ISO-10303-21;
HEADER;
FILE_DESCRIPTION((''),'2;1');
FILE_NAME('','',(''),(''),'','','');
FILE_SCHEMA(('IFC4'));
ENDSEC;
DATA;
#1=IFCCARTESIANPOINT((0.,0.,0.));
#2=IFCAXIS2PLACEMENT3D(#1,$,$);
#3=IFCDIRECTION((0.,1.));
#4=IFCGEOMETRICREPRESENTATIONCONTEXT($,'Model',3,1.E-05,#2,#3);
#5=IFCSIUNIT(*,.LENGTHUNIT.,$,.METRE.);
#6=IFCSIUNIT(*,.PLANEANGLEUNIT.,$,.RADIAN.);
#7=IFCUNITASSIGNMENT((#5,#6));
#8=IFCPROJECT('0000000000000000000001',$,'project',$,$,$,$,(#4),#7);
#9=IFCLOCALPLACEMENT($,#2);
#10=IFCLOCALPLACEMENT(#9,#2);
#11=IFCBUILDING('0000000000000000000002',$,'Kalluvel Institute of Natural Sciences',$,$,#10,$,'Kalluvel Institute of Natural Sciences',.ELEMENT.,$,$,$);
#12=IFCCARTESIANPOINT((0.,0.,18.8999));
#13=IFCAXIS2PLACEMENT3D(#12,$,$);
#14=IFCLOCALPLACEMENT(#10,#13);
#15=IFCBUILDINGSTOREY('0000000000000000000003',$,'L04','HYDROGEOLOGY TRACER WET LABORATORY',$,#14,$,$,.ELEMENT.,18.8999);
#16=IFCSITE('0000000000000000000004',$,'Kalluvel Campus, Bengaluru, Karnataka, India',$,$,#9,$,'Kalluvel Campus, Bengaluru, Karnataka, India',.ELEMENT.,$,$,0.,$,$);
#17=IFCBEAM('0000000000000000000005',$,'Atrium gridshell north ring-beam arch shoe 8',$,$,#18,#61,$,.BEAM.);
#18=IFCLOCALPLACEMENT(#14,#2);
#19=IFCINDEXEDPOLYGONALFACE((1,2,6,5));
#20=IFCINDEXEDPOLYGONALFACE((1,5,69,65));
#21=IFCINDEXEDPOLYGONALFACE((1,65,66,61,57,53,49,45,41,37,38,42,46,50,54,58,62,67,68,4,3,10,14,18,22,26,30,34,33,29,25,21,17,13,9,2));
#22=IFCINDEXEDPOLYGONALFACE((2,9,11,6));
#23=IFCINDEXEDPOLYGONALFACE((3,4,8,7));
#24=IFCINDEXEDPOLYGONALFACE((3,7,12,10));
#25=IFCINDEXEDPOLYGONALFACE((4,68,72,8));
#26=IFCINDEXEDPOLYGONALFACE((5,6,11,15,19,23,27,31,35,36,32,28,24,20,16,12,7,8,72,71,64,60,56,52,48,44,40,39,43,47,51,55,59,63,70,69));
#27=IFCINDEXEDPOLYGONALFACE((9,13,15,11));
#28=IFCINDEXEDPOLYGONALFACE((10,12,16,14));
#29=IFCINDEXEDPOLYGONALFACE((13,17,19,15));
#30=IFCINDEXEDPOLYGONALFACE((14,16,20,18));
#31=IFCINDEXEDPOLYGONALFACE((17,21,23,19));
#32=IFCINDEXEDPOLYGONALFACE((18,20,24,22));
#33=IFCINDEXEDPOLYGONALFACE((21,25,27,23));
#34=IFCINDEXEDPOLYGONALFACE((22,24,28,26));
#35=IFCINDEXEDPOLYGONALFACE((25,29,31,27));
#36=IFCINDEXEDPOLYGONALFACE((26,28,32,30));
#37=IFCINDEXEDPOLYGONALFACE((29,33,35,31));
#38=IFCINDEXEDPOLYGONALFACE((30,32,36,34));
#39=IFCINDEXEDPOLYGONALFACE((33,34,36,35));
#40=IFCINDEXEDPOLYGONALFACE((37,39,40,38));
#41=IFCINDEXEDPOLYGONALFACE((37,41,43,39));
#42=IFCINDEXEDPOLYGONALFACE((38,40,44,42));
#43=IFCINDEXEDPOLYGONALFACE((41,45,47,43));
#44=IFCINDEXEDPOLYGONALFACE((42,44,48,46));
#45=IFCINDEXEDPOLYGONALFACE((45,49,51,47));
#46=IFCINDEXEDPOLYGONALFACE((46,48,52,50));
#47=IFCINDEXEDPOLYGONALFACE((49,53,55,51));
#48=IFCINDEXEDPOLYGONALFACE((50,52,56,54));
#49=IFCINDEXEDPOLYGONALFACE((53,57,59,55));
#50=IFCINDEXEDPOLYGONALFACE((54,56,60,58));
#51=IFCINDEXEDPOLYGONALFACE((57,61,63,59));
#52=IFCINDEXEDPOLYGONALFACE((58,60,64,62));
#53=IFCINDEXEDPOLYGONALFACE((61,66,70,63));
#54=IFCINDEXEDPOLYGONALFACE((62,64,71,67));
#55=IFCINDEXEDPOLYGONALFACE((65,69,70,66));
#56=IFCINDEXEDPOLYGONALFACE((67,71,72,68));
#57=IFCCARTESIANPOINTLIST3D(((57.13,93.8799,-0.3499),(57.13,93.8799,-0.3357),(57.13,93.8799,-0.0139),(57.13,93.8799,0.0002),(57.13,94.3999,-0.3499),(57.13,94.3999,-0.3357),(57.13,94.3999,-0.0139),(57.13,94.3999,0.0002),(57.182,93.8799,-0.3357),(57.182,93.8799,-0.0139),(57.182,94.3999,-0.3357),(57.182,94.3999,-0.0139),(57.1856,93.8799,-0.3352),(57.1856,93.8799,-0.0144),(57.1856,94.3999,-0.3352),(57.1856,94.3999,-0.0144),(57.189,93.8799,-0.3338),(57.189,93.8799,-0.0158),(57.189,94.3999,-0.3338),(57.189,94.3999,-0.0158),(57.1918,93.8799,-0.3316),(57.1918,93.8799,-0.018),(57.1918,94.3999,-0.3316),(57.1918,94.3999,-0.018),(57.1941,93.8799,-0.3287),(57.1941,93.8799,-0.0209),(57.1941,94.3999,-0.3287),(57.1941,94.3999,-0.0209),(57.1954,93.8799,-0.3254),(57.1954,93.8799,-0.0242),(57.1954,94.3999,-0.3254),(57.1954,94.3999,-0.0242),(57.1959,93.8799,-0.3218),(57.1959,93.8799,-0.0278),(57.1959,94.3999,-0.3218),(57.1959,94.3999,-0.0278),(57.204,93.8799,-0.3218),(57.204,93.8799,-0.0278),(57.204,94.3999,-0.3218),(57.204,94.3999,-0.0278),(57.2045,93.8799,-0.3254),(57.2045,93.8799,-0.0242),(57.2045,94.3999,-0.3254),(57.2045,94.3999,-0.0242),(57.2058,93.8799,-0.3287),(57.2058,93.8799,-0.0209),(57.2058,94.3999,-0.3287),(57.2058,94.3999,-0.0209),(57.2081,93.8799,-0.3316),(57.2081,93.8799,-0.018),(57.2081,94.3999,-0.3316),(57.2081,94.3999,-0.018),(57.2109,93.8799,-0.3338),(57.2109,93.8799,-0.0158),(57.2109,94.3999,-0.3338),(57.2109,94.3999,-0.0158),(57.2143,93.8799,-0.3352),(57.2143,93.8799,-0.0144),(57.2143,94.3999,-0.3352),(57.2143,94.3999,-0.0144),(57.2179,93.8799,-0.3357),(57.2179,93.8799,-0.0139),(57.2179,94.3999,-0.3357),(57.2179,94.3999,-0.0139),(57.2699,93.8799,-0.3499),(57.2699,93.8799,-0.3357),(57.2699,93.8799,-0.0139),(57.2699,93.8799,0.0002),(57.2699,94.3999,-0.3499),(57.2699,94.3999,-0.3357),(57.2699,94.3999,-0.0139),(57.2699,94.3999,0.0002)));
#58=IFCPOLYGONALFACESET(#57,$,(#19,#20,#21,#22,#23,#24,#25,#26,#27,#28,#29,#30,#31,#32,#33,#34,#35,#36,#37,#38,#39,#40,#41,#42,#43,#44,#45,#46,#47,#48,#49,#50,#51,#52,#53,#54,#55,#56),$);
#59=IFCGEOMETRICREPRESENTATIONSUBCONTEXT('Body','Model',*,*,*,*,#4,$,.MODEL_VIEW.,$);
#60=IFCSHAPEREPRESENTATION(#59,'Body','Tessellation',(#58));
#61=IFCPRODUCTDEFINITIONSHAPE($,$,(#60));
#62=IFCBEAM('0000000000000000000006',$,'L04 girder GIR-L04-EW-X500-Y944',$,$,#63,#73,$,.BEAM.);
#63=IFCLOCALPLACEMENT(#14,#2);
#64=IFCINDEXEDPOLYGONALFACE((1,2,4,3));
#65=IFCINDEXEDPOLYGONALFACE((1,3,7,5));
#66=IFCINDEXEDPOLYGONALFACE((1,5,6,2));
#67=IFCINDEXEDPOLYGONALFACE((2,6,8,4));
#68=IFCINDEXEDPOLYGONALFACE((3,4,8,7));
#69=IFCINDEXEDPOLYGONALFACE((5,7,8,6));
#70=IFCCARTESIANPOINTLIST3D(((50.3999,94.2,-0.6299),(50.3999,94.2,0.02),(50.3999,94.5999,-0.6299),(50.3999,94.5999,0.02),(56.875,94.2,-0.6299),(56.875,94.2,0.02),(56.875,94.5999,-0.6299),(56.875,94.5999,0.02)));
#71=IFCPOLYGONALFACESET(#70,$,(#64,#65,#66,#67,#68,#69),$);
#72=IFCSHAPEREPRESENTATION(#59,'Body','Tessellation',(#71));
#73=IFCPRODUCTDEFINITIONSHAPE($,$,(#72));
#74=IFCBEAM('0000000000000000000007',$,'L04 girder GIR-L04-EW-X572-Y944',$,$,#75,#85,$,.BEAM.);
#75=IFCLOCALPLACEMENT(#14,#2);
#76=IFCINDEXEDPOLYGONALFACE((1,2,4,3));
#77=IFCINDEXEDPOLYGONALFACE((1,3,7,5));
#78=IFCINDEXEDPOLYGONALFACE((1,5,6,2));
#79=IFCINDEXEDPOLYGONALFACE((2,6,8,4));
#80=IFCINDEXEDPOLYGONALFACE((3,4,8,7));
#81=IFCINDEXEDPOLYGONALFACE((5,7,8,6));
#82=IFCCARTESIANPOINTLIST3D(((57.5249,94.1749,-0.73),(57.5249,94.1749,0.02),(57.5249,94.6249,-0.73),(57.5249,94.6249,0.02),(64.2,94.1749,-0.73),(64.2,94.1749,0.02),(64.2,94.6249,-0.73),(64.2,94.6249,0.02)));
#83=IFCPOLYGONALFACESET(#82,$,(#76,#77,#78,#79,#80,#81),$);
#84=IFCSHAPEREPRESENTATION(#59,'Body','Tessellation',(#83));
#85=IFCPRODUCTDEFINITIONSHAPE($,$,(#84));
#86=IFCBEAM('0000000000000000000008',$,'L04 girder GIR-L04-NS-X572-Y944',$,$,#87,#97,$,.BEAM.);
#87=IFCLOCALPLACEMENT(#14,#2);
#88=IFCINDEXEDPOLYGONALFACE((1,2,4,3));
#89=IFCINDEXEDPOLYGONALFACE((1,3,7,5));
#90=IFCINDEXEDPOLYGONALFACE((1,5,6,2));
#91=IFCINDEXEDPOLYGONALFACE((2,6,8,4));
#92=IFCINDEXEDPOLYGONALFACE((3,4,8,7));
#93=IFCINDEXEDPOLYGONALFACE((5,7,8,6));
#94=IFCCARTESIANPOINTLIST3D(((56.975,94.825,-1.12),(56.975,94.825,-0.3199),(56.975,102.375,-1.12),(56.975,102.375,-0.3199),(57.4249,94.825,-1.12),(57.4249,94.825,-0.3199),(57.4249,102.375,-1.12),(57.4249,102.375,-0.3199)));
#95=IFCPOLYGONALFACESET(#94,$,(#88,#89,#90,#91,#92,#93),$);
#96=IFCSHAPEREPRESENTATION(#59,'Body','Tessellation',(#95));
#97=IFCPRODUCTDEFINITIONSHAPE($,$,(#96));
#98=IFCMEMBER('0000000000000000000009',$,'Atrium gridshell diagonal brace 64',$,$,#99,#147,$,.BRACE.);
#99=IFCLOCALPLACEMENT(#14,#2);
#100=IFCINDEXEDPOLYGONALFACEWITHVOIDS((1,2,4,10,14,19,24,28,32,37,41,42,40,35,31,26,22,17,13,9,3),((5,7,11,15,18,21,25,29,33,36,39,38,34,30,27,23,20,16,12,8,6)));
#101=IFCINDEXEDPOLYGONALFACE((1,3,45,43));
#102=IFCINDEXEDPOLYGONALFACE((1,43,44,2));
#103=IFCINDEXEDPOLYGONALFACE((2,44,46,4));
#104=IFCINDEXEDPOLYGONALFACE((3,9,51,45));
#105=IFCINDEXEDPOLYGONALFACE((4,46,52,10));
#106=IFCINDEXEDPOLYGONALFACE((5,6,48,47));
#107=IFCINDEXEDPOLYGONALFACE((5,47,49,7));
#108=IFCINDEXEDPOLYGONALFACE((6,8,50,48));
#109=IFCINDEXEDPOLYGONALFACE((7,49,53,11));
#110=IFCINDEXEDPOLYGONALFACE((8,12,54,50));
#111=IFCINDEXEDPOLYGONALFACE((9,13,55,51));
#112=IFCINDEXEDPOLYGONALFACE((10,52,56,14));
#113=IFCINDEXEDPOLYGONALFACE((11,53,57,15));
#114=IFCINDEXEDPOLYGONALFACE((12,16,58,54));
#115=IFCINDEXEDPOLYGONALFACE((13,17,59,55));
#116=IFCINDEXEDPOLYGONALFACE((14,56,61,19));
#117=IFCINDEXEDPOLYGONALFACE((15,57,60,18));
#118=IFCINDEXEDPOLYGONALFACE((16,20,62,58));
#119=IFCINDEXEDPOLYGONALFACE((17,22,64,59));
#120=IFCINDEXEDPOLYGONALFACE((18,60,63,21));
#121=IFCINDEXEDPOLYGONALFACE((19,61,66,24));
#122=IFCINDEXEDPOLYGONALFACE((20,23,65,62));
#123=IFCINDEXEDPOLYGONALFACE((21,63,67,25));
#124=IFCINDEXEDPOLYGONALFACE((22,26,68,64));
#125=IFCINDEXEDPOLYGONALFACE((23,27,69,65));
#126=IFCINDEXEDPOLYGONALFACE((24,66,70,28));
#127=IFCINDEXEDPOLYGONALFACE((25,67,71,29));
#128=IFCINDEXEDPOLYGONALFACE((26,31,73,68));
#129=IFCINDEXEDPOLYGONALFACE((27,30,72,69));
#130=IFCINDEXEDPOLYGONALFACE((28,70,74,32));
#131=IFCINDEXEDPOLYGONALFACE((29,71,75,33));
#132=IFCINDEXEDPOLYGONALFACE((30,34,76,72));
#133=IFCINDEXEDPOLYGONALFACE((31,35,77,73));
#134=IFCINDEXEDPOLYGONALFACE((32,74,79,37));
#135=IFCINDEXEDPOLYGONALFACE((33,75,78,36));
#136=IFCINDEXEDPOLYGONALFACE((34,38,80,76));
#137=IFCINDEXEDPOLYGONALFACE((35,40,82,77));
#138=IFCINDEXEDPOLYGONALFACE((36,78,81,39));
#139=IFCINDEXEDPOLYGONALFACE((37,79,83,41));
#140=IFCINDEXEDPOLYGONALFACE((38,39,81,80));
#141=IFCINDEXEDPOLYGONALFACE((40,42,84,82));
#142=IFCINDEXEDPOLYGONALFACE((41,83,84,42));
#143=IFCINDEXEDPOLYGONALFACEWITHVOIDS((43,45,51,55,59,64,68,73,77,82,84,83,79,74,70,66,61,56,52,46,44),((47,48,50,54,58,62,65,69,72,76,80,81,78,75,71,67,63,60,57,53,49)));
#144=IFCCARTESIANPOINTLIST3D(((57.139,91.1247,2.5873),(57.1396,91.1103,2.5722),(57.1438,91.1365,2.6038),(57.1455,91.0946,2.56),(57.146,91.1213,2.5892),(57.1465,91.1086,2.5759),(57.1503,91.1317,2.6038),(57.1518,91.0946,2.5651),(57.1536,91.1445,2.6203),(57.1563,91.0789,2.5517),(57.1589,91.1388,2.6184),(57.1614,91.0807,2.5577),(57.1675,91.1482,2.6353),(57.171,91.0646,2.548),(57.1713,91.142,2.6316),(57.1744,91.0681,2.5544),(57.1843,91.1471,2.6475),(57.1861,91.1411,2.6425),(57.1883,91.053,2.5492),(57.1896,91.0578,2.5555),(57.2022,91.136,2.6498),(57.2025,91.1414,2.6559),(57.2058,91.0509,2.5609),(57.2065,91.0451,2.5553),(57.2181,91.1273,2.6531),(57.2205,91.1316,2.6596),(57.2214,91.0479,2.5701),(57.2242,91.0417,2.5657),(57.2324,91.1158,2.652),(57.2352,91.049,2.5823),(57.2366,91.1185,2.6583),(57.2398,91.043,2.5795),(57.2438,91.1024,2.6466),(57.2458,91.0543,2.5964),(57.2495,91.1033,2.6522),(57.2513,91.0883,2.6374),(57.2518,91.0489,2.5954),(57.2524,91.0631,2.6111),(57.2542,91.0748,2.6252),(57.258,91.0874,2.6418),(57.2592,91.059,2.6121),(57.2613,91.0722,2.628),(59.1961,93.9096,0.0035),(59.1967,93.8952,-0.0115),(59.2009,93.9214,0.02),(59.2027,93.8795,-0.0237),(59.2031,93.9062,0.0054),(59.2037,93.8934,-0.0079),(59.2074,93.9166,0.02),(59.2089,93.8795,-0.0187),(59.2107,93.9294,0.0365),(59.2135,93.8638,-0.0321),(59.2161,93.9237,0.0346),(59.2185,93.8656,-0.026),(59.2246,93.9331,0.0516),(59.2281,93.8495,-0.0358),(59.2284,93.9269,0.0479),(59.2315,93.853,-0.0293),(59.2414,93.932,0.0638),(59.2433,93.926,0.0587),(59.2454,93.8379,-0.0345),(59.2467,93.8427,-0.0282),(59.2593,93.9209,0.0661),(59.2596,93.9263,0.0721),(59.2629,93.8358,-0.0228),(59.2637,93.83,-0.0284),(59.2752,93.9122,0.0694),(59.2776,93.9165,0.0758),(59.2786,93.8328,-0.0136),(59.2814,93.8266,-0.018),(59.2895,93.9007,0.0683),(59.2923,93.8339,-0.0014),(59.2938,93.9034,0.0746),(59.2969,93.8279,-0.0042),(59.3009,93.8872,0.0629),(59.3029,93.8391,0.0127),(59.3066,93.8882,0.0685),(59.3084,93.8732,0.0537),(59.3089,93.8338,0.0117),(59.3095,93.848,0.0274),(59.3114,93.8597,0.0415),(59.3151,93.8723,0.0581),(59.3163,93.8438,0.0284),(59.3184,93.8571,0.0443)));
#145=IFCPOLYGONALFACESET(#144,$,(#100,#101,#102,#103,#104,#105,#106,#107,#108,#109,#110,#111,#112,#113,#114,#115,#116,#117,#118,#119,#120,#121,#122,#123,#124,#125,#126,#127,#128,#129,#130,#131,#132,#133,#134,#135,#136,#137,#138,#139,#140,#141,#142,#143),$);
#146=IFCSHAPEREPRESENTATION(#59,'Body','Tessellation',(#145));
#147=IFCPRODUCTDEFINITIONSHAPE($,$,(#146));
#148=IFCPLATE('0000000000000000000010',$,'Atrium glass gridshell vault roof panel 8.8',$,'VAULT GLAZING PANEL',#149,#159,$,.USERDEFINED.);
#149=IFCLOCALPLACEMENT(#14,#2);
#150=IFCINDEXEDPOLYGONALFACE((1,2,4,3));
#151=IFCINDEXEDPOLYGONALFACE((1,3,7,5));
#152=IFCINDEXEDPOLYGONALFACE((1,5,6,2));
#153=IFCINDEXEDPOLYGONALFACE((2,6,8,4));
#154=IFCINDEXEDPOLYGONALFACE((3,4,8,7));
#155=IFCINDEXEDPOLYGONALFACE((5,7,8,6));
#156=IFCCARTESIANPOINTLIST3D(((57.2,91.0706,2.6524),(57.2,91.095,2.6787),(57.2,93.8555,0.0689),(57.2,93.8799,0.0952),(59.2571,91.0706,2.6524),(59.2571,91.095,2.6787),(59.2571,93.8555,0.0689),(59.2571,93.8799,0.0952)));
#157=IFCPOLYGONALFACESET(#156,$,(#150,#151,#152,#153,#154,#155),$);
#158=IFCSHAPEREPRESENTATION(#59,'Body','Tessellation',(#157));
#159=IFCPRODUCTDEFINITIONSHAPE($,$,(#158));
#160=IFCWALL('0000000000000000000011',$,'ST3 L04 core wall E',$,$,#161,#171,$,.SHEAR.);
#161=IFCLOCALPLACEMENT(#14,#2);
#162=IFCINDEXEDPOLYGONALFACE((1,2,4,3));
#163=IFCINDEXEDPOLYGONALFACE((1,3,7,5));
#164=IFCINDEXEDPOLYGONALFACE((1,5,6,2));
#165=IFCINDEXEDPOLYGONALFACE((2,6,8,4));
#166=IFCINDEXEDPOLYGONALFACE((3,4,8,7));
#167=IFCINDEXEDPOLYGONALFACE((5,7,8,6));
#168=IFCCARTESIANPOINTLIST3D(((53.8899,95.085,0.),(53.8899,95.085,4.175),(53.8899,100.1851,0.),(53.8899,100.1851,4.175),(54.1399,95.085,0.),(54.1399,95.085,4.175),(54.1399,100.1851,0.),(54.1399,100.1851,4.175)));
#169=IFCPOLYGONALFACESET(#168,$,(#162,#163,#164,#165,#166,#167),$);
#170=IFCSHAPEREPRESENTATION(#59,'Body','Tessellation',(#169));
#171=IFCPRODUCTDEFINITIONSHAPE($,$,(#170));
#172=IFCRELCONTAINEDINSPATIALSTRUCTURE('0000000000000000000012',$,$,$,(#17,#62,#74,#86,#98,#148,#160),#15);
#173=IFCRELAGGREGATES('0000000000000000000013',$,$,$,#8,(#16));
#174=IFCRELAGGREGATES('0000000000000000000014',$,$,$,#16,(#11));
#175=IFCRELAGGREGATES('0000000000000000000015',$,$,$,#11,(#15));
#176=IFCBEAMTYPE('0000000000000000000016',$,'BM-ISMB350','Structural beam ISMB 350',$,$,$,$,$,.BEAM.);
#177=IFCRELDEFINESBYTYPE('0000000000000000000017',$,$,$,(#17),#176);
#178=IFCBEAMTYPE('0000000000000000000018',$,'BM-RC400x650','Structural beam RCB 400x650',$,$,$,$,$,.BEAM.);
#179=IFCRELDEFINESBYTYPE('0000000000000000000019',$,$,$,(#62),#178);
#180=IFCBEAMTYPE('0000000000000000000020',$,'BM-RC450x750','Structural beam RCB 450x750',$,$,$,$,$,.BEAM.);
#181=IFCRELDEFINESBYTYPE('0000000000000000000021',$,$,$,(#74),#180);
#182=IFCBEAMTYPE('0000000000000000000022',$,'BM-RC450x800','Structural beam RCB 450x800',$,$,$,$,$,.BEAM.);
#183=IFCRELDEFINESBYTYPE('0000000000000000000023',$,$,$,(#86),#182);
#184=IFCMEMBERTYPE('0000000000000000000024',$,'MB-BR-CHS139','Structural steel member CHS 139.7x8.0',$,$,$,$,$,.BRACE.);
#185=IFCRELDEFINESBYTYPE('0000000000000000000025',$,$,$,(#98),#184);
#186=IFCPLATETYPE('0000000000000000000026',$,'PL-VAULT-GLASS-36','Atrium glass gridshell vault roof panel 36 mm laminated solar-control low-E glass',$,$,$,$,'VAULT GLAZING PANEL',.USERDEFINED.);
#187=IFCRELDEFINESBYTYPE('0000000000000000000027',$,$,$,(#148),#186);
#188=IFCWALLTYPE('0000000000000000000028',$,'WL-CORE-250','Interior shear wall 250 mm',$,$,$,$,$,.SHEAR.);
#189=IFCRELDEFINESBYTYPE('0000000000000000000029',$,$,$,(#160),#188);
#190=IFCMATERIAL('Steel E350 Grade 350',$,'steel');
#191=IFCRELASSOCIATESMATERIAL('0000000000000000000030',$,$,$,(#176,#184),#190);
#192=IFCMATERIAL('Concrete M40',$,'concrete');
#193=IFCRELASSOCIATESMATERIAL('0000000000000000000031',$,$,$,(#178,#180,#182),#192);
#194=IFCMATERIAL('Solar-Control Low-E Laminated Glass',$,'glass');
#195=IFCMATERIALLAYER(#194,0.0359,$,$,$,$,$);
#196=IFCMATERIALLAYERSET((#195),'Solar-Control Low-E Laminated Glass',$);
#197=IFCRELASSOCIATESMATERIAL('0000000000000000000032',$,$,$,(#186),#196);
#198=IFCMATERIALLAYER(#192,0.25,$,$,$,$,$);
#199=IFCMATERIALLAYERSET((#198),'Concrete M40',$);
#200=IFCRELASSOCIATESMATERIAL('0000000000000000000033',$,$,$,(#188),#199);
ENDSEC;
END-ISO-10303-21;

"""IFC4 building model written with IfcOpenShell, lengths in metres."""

from ifc_helpers import new_model, si_unit, direction, frame, frame_2d, origin, origin_2d, place, context, subcontext, project, spatial, polyline, rectangle, hollow_circle, i_section, outline, extrude, material, layer, layer_set, material_profile, profile_set, type_object, element, save


model = new_model("IFC4")

# Units and contexts
model_context = context("Model", 3, precision=1e-05, world=origin(), true_north=direction((0.0, 1.0)))
body_context = subcontext(model_context, "Body", "Model", "MODEL_VIEW")
ifc_project = project(units=[si_unit("LENGTHUNIT", "METRE"), si_unit("PLANEANGLEUNIT", "RADIAN")], contexts=[model_context])

# Site, building, storey
site_placement = place(None, origin())
site = spatial("IfcSite", under=ifc_project, at=site_placement, Name="Kalluvel Campus, Bengaluru, Karnataka, India", LongName="Kalluvel Campus, Bengaluru, Karnataka, India", CompositionType="ELEMENT", RefElevation=0.0)
building_placement = place(site_placement, origin())
building = spatial("IfcBuilding", under=site, at=building_placement, Name="Kalluvel Institute of Natural Sciences", LongName="Kalluvel Institute of Natural Sciences", CompositionType="ELEMENT")
storey_placement = place(building_placement, frame((0.0, 0.0, 18.8999)))
storey = spatial("IfcBuildingStorey", under=building, at=storey_placement, Name="L04", Description="HYDROGEOLOGY TRACER WET LABORATORY", CompositionType="ELEMENT", Elevation=18.8999)

# Shared definitions
ifc_material_1 = material(Name="Concrete M40", Category="concrete")

# Beams
ifc_material_2 = material(Name="Steel E350 Grade 350", Category="steel")
ifc_material_profile_1 = material_profile(ifc_material_2, i_section(OverallWidth=0.1399, OverallDepth=0.3501, WebThickness=0.0081, FlangeThickness=0.0142, FilletRadius=0.0139, at=origin_2d()), Name="ISMB 350")
ifc_profile_set_1 = profile_set([ifc_material_profile_1], Name="Steel E350 Grade 350")
beam_type_1 = type_object("IfcBeamType", Name="BM-ISMB350", Description="Structural beam ISMB 350", PredefinedType="BEAM", material=ifc_profile_set_1)
for number, where, z_axis, x_axis, name in (
    (1, (57.2, 93.8799, -0.1748), (0.0, 1.0, 0.0), (-1.0, 0.0, 0.0), "Atrium gridshell north ring-beam arch shoe 8"),
):
    element("IfcBeam", number, at=place(storey_placement, frame(where, z_axis=z_axis, x_axis=x_axis)), inside=storey, type_object=beam_type_1, Name=name, PredefinedType="BEAM", context=body_context, shape_type="SweptSolid", body=[
        extrude(i_section(OverallWidth=0.1399, OverallDepth=0.3501, WebThickness=0.0081, FlangeThickness=0.0142, FilletRadius=0.0139, at=origin_2d()), origin(), (0.0, 0.0, 1.0), 0.52),
    ])
ifc_material_profile_2 = material_profile(ifc_material_1, rectangle(XDim=0.3999, YDim=0.6499, at=origin_2d()), Name="RCB 400x650")
ifc_profile_set_2 = profile_set([ifc_material_profile_2], Name="Concrete M40")
beam_type_2 = type_object("IfcBeamType", Name="BM-RC400x650", Description="Structural beam RCB 400x650", PredefinedType="BEAM", material=ifc_profile_set_2)
beam_1_placement = place(storey_placement, frame((50.3999, 94.3999, -0.3049), z_axis=(1.0, 0.0, 0.0), x_axis=(0.0, 1.0, 0.0)))
element("IfcBeam", 2, at=beam_1_placement, inside=storey, type_object=beam_type_2, Name="L04 girder GIR-L04-EW-X500-Y944", PredefinedType="BEAM", context=body_context, shape_type="SweptSolid", body=[
    extrude(rectangle(XDim=0.3999, YDim=0.6499, at=origin_2d()), origin(), (0.0, 0.0, 1.0), 6.4751),
])
ifc_material_profile_3 = material_profile(ifc_material_1, rectangle(XDim=0.45, YDim=0.75, at=origin_2d()), Name="RCB 450x750")
ifc_profile_set_3 = profile_set([ifc_material_profile_3], Name="Concrete M40")
beam_type_3 = type_object("IfcBeamType", Name="BM-RC450x750", Description="Structural beam RCB 450x750", PredefinedType="BEAM", material=ifc_profile_set_3)
beam_2_placement = place(storey_placement, frame((57.5249, 94.3999, -0.355), z_axis=(1.0, 0.0, 0.0), x_axis=(0.0, 1.0, 0.0)))
element("IfcBeam", 3, at=beam_2_placement, inside=storey, type_object=beam_type_3, Name="L04 girder GIR-L04-EW-X572-Y944", PredefinedType="BEAM", context=body_context, shape_type="SweptSolid", body=[
    extrude(rectangle(XDim=0.45, YDim=0.75, at=origin_2d()), origin(), (0.0, 0.0, 1.0), 6.675),
])
ifc_material_profile_4 = material_profile(ifc_material_1, rectangle(XDim=0.45, YDim=0.8, at=origin_2d()), Name="RCB 450x800")
ifc_profile_set_4 = profile_set([ifc_material_profile_4], Name="Concrete M40")
beam_type_4 = type_object("IfcBeamType", Name="BM-RC450x800", Description="Structural beam RCB 450x800", PredefinedType="BEAM", material=ifc_profile_set_4)
beam_3_placement = place(storey_placement, frame((57.2, 94.825, -0.72), z_axis=(0.0, 1.0, 0.0), x_axis=(-1.0, 0.0, 0.0)))
element("IfcBeam", 4, at=beam_3_placement, inside=storey, type_object=beam_type_4, Name="L04 girder GIR-L04-NS-X572-Y944", PredefinedType="BEAM", context=body_context, shape_type="SweptSolid", body=[
    extrude(rectangle(XDim=0.45, YDim=0.8, at=origin_2d()), origin(), (0.0, 0.0, 1.0), 7.55),
])

# Member
ifc_material_profile_5 = material_profile(ifc_material_2, hollow_circle(Radius=0.0698, WallThickness=0.0081, at=origin_2d()), Name="CHS 139.7x8.0")
ifc_profile_set_5 = profile_set([ifc_material_profile_5], Name="Steel E350 Grade 350")
member_type = type_object("IfcMemberType", Name="MB-BR-CHS139", Description="Structural steel member CHS 139.7x8.0", PredefinedType="BRACE", material=ifc_profile_set_5)
member_placement = place(storey_placement, frame((57.2, 91.095, 2.6038), z_axis=(0.476177, 0.644641, -0.598075), x_axis=(-0.804353, 0.594151, 0.0)))
element("IfcMember", 5, at=member_placement, inside=storey, type_object=member_type, Name="Atrium gridshell diagonal brace 64", PredefinedType="BRACE", context=body_context, shape_type="SweptSolid", body=[
    extrude(hollow_circle(Radius=0.0698, WallThickness=0.0081, at=origin_2d()), origin(), (0.0, 0.0, 1.0), 4.3201),
])

# Plate
ifc_material_3 = material(Name="Solar-Control Low-E Laminated Glass", Category="glass")
ifc_layer_1 = layer(ifc_material_3, 0.0359)
ifc_layer_set_1 = layer_set([ifc_layer_1], Name="Solar-Control Low-E Laminated Glass")
plate_type = type_object("IfcPlateType", Name="PL-VAULT-GLASS-36", Description="Atrium glass gridshell vault roof panel 36 mm laminated solar-control low-E glass", ElementType="VAULT GLAZING PANEL", PredefinedType="USERDEFINED", material=ifc_layer_set_1)
plate_placement = place(storey_placement, frame((57.2, 91.095, 2.6787), z_axis=(0.0, 0.680099, 0.733121), x_axis=(1.0, 0.0, 0.0)))
element("IfcPlate", 6, at=plate_placement, inside=storey, type_object=plate_type, Name="Atrium glass gridshell vault roof panel 8.8", ObjectType="VAULT GLAZING PANEL", PredefinedType="USERDEFINED", context=body_context, shape_type="SweptSolid", body=[
    extrude(outline(polyline([(0.0, 0.0), (2.0571, 0.0), (2.0571, 3.7987), (0.0, 3.7987), (0.0, 0.0)])), origin(), (0.0, 0.0, -1.0), 0.0359),
])

# Wall
ifc_layer_2 = layer(ifc_material_1, 0.25)
ifc_layer_set_2 = layer_set([ifc_layer_2], Name="Concrete M40")
wall_type_1 = type_object("IfcWallType", Name="WL-CORE-250", Description="Interior shear wall 250 mm", PredefinedType="SHEAR", material=ifc_layer_set_2)
wall_1_placement = place(storey_placement, frame((54.0149, 95.085, 0.0), z_axis=(0.0, 0.0, 1.0), x_axis=(0.0, 1.0, 0.0)))
element("IfcWall", 7, at=wall_1_placement, inside=storey, type_object=wall_type_1, Name="ST3 L04 core wall E", PredefinedType="SHEAR", context=body_context, shape_type="SweptSolid", body=[
    extrude(rectangle(XDim=5.1001, YDim=0.25, at=frame_2d((2.55, 0.0))), origin(), (0.0, 0.0, 1.0), 4.175),
])

save(model, "model.ifc")
